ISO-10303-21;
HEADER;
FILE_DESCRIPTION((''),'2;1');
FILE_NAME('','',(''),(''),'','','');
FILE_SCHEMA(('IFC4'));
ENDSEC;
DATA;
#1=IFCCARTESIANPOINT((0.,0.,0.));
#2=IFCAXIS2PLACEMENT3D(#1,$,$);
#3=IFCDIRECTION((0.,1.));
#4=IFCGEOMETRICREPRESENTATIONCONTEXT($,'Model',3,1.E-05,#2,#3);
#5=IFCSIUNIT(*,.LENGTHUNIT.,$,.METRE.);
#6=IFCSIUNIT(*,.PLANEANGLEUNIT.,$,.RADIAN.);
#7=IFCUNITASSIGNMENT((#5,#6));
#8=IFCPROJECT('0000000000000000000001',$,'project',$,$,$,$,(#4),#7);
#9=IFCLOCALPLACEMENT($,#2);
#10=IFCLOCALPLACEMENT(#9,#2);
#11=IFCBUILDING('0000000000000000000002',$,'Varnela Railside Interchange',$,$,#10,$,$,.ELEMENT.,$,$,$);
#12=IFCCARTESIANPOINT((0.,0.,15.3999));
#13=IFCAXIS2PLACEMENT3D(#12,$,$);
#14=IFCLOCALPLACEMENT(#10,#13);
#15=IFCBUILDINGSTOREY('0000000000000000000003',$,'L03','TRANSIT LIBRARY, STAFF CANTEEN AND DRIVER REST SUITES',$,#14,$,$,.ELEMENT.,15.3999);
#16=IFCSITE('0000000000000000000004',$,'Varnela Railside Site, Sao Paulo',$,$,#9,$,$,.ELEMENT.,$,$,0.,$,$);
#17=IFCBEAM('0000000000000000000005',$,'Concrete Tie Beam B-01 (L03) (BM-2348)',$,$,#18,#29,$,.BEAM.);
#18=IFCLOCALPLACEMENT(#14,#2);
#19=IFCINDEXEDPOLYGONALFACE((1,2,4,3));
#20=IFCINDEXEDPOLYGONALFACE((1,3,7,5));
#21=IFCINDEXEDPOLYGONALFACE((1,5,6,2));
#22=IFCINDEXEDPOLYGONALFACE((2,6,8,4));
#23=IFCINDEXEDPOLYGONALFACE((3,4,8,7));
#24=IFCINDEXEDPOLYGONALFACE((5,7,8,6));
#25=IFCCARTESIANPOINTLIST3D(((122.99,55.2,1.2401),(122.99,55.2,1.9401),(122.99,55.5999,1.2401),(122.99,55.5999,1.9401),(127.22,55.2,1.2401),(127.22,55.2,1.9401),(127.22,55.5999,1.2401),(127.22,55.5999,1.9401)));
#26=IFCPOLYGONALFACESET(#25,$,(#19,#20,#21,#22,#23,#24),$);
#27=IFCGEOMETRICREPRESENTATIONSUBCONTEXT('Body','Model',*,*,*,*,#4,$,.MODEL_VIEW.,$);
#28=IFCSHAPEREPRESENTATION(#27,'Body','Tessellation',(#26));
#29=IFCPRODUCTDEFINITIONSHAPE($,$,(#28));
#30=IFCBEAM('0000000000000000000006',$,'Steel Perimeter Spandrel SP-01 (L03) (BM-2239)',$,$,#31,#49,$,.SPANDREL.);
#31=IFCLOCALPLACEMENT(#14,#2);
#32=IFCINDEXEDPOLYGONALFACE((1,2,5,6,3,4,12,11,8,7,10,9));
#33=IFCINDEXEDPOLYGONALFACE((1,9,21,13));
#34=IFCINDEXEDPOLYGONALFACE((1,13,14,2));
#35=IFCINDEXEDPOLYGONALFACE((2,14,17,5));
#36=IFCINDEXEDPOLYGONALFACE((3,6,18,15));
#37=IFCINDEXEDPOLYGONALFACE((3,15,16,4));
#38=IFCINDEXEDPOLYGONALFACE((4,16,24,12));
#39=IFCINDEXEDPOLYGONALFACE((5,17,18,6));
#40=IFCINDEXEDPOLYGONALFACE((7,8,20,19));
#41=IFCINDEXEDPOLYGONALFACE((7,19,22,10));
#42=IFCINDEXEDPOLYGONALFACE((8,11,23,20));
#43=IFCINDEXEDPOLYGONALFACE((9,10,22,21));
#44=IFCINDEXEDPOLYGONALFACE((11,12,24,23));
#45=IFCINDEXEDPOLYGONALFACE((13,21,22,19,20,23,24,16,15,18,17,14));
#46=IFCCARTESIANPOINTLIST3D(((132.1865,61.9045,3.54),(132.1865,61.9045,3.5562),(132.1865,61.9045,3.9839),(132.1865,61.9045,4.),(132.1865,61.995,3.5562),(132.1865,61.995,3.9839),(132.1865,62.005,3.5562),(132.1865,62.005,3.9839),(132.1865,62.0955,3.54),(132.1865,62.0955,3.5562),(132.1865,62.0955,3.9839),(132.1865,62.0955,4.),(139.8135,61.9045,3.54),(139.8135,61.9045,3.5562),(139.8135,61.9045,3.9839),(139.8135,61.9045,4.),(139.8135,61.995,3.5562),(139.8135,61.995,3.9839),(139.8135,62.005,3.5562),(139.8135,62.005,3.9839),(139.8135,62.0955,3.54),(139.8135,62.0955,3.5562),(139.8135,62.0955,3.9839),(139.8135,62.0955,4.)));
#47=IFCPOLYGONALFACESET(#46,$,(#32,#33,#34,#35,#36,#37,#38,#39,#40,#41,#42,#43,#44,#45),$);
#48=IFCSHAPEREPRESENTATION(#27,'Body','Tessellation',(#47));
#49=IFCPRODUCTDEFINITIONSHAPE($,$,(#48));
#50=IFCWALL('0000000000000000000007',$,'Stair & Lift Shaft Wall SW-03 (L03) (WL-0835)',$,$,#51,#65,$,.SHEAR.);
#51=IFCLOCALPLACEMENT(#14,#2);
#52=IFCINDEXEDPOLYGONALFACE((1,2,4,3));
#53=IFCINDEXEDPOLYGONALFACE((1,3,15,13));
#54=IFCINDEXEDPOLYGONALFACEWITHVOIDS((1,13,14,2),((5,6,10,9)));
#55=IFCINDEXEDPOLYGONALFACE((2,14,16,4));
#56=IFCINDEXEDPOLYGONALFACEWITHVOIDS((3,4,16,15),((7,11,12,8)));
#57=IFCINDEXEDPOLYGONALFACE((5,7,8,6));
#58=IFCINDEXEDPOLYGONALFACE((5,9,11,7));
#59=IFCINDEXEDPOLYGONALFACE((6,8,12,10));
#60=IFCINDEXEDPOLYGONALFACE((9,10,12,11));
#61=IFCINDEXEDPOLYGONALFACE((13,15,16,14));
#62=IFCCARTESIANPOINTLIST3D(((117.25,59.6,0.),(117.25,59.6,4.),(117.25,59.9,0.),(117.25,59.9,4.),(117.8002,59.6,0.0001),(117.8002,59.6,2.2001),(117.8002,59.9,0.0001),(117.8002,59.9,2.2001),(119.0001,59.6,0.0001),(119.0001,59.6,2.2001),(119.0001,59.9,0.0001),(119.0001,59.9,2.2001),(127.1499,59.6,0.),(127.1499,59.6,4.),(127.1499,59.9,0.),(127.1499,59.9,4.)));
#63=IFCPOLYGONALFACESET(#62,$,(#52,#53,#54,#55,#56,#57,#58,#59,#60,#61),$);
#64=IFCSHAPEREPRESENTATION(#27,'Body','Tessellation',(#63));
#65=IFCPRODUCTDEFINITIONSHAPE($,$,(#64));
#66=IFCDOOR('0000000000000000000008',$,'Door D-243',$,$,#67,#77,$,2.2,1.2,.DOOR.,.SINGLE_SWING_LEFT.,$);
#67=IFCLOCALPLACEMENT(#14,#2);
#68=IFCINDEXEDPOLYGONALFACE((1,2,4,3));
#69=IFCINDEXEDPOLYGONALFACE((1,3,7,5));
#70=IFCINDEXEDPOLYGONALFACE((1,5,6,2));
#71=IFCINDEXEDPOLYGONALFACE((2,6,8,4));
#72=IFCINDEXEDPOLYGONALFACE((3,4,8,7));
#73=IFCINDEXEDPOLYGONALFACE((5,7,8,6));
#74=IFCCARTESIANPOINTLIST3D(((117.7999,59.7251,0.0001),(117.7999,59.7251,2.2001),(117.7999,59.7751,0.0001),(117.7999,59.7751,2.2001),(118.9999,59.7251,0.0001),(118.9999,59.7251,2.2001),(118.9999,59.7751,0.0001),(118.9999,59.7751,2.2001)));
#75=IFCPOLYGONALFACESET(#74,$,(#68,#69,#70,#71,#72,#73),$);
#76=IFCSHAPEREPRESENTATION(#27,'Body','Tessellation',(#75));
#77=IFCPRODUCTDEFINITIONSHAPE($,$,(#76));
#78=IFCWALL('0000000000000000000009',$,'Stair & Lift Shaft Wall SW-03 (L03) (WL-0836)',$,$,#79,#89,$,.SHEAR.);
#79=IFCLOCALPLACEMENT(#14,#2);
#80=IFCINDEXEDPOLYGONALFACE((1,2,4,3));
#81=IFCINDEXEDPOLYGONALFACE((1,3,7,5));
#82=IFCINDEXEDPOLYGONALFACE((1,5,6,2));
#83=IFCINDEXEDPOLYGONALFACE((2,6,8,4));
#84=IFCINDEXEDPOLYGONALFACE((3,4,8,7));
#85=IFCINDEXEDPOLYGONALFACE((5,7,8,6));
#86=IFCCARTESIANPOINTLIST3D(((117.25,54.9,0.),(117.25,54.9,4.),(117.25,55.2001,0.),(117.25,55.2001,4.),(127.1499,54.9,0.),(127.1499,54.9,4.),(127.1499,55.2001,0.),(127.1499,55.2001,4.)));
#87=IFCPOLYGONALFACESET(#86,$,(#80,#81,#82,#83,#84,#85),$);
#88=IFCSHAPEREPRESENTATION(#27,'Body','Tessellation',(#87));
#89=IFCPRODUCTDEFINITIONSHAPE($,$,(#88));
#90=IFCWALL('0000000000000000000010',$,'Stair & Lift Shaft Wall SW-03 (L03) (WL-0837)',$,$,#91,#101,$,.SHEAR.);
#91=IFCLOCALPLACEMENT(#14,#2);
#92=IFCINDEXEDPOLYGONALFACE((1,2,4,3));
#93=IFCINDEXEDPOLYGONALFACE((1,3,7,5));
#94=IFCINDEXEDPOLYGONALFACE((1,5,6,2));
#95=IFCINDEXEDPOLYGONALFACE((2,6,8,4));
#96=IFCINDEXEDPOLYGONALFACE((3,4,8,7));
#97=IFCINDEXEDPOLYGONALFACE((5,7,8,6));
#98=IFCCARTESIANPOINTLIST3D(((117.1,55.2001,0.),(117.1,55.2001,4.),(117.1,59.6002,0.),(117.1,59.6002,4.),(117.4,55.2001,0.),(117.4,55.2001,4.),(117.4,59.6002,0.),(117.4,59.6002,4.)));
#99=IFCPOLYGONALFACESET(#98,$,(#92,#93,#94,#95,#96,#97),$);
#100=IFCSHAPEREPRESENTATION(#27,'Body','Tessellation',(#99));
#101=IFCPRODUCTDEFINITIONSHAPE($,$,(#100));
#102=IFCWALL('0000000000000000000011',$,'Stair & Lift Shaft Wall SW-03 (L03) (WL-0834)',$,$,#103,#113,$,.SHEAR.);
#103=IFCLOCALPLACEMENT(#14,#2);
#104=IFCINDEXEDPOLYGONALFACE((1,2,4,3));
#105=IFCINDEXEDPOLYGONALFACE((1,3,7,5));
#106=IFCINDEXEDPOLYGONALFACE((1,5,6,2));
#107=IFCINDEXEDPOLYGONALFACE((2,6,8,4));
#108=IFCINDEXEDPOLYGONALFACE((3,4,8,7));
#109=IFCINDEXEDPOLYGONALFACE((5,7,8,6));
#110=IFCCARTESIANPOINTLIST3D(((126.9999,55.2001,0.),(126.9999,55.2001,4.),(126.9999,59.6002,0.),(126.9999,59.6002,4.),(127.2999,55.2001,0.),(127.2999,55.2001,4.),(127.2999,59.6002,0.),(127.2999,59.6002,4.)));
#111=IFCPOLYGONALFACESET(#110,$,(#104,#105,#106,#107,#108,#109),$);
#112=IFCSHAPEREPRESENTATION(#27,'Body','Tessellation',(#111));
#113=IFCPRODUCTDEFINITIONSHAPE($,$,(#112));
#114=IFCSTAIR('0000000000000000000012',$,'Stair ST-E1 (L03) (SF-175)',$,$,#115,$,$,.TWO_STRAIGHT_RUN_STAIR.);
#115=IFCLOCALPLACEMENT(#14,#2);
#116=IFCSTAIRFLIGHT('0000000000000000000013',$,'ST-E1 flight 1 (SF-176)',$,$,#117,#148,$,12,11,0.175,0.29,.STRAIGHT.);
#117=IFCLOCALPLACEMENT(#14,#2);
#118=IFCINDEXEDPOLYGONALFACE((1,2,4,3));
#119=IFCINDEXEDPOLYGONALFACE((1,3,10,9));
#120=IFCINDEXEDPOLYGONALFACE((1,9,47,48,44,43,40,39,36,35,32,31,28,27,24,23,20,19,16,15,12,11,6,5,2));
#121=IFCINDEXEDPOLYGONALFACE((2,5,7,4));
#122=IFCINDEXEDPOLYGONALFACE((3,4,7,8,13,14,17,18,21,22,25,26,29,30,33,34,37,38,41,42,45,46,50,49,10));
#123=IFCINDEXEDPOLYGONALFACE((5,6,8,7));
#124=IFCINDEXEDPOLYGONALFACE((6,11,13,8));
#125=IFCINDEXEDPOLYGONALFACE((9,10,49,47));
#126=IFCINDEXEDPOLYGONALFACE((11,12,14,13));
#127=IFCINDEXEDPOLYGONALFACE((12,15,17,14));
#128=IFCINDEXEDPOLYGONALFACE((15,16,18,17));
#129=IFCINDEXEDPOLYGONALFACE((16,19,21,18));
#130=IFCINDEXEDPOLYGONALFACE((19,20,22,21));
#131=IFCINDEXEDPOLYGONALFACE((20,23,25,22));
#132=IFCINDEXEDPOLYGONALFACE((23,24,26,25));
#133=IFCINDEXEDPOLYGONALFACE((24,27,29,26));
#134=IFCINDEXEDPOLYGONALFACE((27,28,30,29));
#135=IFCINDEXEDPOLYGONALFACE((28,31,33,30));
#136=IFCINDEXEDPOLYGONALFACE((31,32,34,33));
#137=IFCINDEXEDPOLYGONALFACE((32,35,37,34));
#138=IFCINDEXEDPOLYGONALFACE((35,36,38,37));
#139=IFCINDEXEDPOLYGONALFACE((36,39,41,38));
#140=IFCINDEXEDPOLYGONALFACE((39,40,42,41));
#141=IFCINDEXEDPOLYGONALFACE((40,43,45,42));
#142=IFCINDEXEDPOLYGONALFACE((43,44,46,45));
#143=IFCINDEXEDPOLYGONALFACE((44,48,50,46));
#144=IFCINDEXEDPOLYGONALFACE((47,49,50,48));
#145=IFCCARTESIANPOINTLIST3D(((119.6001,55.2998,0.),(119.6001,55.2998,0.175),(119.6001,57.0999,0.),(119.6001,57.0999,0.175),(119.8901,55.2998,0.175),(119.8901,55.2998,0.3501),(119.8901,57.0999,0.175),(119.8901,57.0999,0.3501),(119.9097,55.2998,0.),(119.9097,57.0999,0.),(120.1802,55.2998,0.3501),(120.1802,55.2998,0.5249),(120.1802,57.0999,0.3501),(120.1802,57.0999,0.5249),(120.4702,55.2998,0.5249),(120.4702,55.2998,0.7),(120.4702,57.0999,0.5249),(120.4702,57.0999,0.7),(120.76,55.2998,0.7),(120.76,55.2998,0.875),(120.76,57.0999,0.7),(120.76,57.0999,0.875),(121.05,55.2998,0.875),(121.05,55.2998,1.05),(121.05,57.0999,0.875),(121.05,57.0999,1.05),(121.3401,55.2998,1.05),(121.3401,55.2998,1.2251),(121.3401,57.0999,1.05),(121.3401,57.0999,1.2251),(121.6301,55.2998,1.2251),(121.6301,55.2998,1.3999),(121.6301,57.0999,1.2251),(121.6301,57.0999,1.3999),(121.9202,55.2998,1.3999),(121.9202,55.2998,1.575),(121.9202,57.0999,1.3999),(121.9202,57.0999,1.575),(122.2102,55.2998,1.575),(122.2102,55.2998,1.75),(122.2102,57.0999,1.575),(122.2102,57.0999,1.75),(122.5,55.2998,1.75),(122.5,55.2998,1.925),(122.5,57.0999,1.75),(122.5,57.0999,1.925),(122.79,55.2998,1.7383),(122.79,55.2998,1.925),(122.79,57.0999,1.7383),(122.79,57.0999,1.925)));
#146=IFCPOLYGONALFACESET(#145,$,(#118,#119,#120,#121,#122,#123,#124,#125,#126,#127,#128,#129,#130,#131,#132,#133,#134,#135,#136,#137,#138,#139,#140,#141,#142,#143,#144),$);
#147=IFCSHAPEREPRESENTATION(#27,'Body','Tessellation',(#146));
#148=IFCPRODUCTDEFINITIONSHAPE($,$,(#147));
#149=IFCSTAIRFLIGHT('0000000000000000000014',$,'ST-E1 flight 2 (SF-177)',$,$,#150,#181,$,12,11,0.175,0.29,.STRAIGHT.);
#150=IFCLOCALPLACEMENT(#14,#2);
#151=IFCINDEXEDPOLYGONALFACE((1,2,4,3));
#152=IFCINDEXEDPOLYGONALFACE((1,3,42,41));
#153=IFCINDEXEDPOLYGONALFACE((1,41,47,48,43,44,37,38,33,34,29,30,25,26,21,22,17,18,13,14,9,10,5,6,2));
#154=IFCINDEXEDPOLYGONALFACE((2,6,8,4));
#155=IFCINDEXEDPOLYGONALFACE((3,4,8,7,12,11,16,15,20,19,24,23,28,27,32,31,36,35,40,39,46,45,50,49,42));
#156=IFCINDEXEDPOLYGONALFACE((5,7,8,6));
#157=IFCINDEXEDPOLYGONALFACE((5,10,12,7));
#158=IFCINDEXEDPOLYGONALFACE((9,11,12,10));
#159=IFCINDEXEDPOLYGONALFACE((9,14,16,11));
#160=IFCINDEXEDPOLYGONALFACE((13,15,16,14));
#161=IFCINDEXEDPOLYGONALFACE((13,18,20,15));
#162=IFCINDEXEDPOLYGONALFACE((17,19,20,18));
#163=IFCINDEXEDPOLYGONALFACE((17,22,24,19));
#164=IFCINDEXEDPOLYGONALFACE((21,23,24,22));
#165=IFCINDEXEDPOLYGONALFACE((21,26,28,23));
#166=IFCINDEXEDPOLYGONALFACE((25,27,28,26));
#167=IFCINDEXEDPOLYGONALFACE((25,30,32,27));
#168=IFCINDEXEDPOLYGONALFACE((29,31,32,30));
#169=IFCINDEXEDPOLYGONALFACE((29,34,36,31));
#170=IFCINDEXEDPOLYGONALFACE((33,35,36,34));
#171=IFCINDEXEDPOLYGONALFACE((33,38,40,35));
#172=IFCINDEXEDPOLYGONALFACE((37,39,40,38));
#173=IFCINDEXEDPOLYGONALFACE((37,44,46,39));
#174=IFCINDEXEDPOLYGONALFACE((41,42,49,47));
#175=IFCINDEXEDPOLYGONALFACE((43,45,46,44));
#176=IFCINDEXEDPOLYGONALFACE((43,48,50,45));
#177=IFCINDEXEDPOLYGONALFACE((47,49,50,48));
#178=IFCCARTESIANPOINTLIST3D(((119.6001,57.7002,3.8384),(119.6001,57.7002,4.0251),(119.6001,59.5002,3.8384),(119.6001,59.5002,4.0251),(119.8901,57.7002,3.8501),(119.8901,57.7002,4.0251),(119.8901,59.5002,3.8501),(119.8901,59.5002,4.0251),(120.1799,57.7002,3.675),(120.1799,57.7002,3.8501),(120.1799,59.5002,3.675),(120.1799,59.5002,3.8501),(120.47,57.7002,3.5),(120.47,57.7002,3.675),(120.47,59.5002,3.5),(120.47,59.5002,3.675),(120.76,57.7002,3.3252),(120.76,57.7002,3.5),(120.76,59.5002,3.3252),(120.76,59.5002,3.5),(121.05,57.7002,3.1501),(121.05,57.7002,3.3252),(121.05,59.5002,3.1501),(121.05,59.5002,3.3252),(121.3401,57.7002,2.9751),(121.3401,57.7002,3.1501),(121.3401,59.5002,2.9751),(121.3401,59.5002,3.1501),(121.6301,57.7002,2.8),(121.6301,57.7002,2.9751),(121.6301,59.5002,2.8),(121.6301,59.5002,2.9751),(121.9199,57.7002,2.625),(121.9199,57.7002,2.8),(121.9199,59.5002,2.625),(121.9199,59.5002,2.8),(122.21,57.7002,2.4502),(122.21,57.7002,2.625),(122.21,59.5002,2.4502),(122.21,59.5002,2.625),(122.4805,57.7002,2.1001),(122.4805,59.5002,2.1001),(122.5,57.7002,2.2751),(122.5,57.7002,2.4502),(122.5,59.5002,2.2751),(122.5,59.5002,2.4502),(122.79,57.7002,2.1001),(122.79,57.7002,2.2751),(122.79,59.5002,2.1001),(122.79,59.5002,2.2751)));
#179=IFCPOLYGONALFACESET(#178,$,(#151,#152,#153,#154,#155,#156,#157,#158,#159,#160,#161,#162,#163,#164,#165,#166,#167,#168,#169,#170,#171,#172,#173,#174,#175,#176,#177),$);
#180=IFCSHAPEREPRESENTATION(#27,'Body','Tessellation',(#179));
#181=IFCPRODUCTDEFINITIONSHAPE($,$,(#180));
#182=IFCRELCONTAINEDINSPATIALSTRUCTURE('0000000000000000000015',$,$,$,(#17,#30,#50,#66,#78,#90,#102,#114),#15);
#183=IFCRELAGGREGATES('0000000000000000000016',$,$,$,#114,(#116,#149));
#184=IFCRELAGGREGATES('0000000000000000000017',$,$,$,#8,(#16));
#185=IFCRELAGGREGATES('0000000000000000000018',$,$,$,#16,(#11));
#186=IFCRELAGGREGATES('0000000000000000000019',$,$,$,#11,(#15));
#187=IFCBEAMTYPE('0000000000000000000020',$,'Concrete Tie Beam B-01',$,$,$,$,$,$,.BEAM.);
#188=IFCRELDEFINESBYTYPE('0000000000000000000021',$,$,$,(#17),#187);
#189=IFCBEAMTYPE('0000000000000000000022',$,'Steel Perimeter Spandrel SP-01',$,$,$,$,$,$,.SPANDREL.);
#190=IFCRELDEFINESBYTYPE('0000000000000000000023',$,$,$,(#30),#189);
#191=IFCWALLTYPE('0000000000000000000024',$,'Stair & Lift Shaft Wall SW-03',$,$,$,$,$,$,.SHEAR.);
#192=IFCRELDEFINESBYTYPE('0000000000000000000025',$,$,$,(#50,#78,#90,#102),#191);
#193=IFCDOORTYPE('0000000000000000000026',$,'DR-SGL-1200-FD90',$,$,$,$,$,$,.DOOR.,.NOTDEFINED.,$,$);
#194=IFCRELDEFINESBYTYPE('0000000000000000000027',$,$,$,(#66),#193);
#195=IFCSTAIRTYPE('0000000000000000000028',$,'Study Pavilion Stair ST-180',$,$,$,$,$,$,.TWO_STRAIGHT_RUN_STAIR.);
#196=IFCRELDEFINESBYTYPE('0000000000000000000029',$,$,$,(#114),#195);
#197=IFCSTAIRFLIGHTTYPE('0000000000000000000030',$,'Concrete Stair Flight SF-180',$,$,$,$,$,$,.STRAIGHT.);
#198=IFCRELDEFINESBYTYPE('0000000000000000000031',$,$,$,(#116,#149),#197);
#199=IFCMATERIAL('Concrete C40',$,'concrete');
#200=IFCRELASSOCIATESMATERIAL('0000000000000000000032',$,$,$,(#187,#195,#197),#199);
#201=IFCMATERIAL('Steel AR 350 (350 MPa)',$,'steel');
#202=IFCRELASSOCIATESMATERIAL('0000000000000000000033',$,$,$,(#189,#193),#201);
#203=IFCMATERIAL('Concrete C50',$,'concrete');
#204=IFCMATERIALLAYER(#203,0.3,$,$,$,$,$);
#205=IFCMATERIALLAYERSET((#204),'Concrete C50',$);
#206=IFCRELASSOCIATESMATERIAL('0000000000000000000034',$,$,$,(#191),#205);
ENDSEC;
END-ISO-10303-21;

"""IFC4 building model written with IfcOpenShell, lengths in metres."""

from ifc_helpers import new_model, si_unit, direction, frame, frame_2d, origin, origin_2d, place, context, subcontext, project, spatial, polyline, rectangle, i_section, outline, extrude, material, layer, layer_set, material_profile, profile_set, type_object, element, fill, aggregate, save


model = new_model("IFC4")

# Units and contexts
model_context = context("Model", 3, precision=1e-05, world=origin(), true_north=direction((0.0, 1.0)))
body_context = subcontext(model_context, "Body", "Model", "MODEL_VIEW")
ifc_project = project(units=[si_unit("LENGTHUNIT", "METRE"), si_unit("PLANEANGLEUNIT", "RADIAN")], contexts=[model_context])

# Site, building, storey
site_placement = place(None, origin())
site = spatial("IfcSite", under=ifc_project, at=site_placement, Name="Varnela Railside Site, Sao Paulo", CompositionType="ELEMENT", RefElevation=0.0)
building_placement = place(site_placement, origin())
building = spatial("IfcBuilding", under=site, at=building_placement, Name="Varnela Railside Interchange", CompositionType="ELEMENT")
storey_placement = place(building_placement, frame((0.0, 0.0, 15.3999)))
storey = spatial("IfcBuildingStorey", under=building, at=storey_placement, Name="L03", Description="TRANSIT LIBRARY, STAFF CANTEEN AND DRIVER REST SUITES", CompositionType="ELEMENT", Elevation=15.3999)

# Shared definitions
ifc_material_1 = material(Name="Steel AR 350 (350 MPa)", Category="steel")

# Beams
ifc_material_2 = material(Name="Concrete C40", Category="concrete")
ifc_material_profile_1 = material_profile(ifc_material_2, rectangle(XDim=0.3999, YDim=0.7, at=origin_2d()), Name="RC 400x700")
ifc_profile_set_1 = profile_set([ifc_material_profile_1], Name="Concrete C40")
beam_type_1 = type_object("IfcBeamType", Name="Concrete Tie Beam B-01", PredefinedType="BEAM", material=ifc_profile_set_1)
beam_1_placement = place(storey_placement, frame((122.99, 55.3999, 1.5901), z_axis=(1.0, 0.0, 0.0), x_axis=(0.0, 1.0, 0.0)))
element("IfcBeam", 1, at=beam_1_placement, inside=storey, type_object=beam_type_1, Name="Concrete Tie Beam B-01 (L03) (BM-2348)", PredefinedType="BEAM", context=body_context, shape_type="SweptSolid", body=[
    extrude(rectangle(XDim=0.3999, YDim=0.7, at=origin_2d()), origin(), (0.0, 0.0, 1.0), 4.23),
])
ifc_material_profile_2 = material_profile(ifc_material_1, i_section(OverallWidth=0.1909, OverallDepth=0.46, WebThickness=0.01, FlangeThickness=0.0161, at=origin_2d()), Name="W460x82")
ifc_profile_set_2 = profile_set([ifc_material_profile_2], Name="Steel AR 350 (350 MPa)")
beam_type_2 = type_object("IfcBeamType", Name="Steel Perimeter Spandrel SP-01", PredefinedType="SPANDREL", material=ifc_profile_set_2)
beam_2_placement = place(storey_placement, frame((132.1865, 62.0, 3.77), z_axis=(1.0, 0.0, 0.0), x_axis=(0.0, 1.0, 0.0)))
element("IfcBeam", 2, at=beam_2_placement, inside=storey, type_object=beam_type_2, Name="Steel Perimeter Spandrel SP-01 (L03) (BM-2239)", PredefinedType="SPANDREL", context=body_context, shape_type="SweptSolid", body=[
    extrude(i_section(OverallWidth=0.1909, OverallDepth=0.46, WebThickness=0.01, FlangeThickness=0.0161, at=origin_2d()), origin(), (0.0, 0.0, 1.0), 7.627),
])

# Wall, opening, door
ifc_material_3 = material(Name="Concrete C50", Category="concrete")
ifc_layer = layer(ifc_material_3, 0.3)
ifc_layer_set = layer_set([ifc_layer], Name="Concrete C50")
wall_type = type_object("IfcWallType", Name="Stair & Lift Shaft Wall SW-03", PredefinedType="SHEAR", material=ifc_layer_set)
wall_1_placement = place(storey_placement, frame((117.25, 59.75, 0.0), z_axis=(0.0, 0.0, 1.0), x_axis=(1.0, 0.0, 0.0)))
wall_1 = element("IfcWall", 3, at=wall_1_placement, inside=storey, type_object=wall_type, Name="Stair & Lift Shaft Wall SW-03 (L03) (WL-0835)", PredefinedType="SHEAR", context=body_context, shape_type="SweptSolid", body=[
    extrude(rectangle(XDim=9.8999, YDim=0.3, at=frame_2d((4.95, 0.0))), origin(), (0.0, 0.0, 1.0), 4.0),
])
opening_placement = place(wall_1_placement, frame((0.55, 0.0, 0.0)))
opening = element("IfcOpeningElement", 4, at=opening_placement, cuts=wall_1, PredefinedType="OPENING", context=body_context, shape_type="SweptSolid", body=[
    extrude(rectangle(XDim=1.2, YDim=2.2, at=frame_2d((0.6001, 1.1001))), frame((0.0, 0.1599, 0.0), z_axis=(0.0, -1.0, 0.0), x_axis=(1.0, 0.0, 0.0)), (0.0, 0.0, 1.0), 0.3201),
])
door_type = type_object("IfcDoorType", Name="DR-SGL-1200-FD90", OperationType="NOTDEFINED", PredefinedType="DOOR", material=ifc_material_1)
door_placement = place(opening_placement, frame((1.2, 0.0, 0.0), z_axis=(0.0, 0.0, 1.0), x_axis=(-1.0, 0.0, 0.0)))
door = element("IfcDoor", 5, at=door_placement, inside=storey, type_object=door_type, Name="Door D-243", OperationType="SINGLE_SWING_LEFT", OverallHeight=2.2, OverallWidth=1.2, PredefinedType="DOOR", context=body_context, shape_type="SweptSolid", body=[
    extrude(rectangle(XDim=1.2, YDim=2.2, at=frame_2d((0.6001, 1.1001))), frame((0.0, 0.0249, 0.0), z_axis=(0.0, -1.0, 0.0), x_axis=(1.0, 0.0, 0.0)), (0.0, 0.0, 1.0), 0.05),
])
fill(opening, door)

# Walls
wall_2_placement = place(storey_placement, frame((117.25, 55.05, 0.0), z_axis=(0.0, 0.0, 1.0), x_axis=(1.0, 0.0, 0.0)))
element("IfcWall", 6, at=wall_2_placement, inside=storey, type_object=wall_type, Name="Stair & Lift Shaft Wall SW-03 (L03) (WL-0836)", PredefinedType="SHEAR", context=body_context, shape_type="SweptSolid", body=[
    extrude(rectangle(XDim=9.8999, YDim=0.3, at=frame_2d((4.95, 0.0))), origin(), (0.0, 0.0, 1.0), 4.0),
])
for number, where, z_axis, x_axis, name in (
    (7, (117.25, 55.2, 0.0), (0.0, 0.0, 1.0), (0.0, 1.0, 0.0), "Stair & Lift Shaft Wall SW-03 (L03) (WL-0837)"),
    (8, (127.1499, 55.2, 0.0), (0.0, 0.0, 1.0), (0.0, 1.0, 0.0), "Stair & Lift Shaft Wall SW-03 (L03) (WL-0834)"),
):
    element("IfcWall", number, at=place(storey_placement, frame(where, z_axis=z_axis, x_axis=x_axis)), inside=storey, type_object=wall_type, Name=name, PredefinedType="SHEAR", context=body_context, shape_type="SweptSolid", body=[
        extrude(rectangle(XDim=4.4001, YDim=0.3, at=frame_2d((2.2002, 0.0))), origin(), (0.0, 0.0, 1.0), 4.0),
    ])

# Stair, stair flights
stair_type = type_object("IfcStairType", Name="Study Pavilion Stair ST-180", PredefinedType="TWO_STRAIGHT_RUN_STAIR", material=ifc_material_2)
stair_placement = place(storey_placement, origin())
stair = element("IfcStair", 9, at=stair_placement, inside=storey, type_object=stair_type, Name="Stair ST-E1 (L03) (SF-175)", PredefinedType="TWO_STRAIGHT_RUN_STAIR")
stair_flight_type = type_object("IfcStairFlightType", Name="Concrete Stair Flight SF-180", PredefinedType="STRAIGHT", material=ifc_material_2)
stair_flight_1_placement = place(storey_placement, frame((119.6001, 56.2, 0.0), z_axis=(0.0, 0.0, 1.0), x_axis=(1.0, 0.0, 0.0)))
stair_flight_1 = element("IfcStairFlight", 10, at=stair_flight_1_placement, type_object=stair_flight_type, Name="ST-E1 flight 1 (SF-176)", NumberOfRisers=12, NumberOfTreads=11, PredefinedType="STRAIGHT", RiserHeight=0.175, TreadLength=0.29, context=body_context, shape_type="SweptSolid", body=[
    extrude(outline(polyline([(0.0, 0.0), (0.0, 0.175), (0.29, 0.175), (0.29, 0.3501), (0.5801, 0.3501), (0.5801, 0.5249), (0.8701, 0.5249), (0.8701, 0.7), (1.1599, 0.7), (1.1599, 0.875), (1.45, 0.875), (1.45, 1.05), (1.74, 1.05), (1.74, 1.2251), (2.03, 1.2251), (2.03, 1.3999), (2.3201, 1.3999), (2.3201, 1.575), (2.6101, 1.575), (2.6101, 1.75), (2.8999, 1.75), (2.8999, 1.925), (3.1899, 1.925), (3.1899, 2.1001), (3.1899, 1.7383), (0.3096, 0.0), (0.0, 0.0)])), frame((0.0, 0.8999, 0.0), z_axis=(0.0, -1.0, 0.0), x_axis=(1.0, 0.0, 0.0)), (0.0, 0.0, 1.0), 1.8),
])
stair_flight_2_placement = place(storey_placement, frame((122.79, 58.6001, 2.1001), z_axis=(0.0, 0.0, 1.0), x_axis=(-1.0, 0.0, 0.0)))
stair_flight_2 = element("IfcStairFlight", 11, at=stair_flight_2_placement, type_object=stair_flight_type, Name="ST-E1 flight 2 (SF-177)", NumberOfRisers=12, NumberOfTreads=11, PredefinedType="STRAIGHT", RiserHeight=0.175, TreadLength=0.29, context=body_context, shape_type="SweptSolid", body=[
    extrude(outline(polyline([(0.0, 0.0), (0.0, 0.175), (0.29, 0.175), (0.29, 0.3501), (0.5801, 0.3501), (0.5801, 0.5249), (0.8701, 0.5249), (0.8701, 0.7), (1.1599, 0.7), (1.1599, 0.875), (1.45, 0.875), (1.45, 1.05), (1.74, 1.05), (1.74, 1.2251), (2.03, 1.2251), (2.03, 1.3999), (2.3201, 1.3999), (2.3201, 1.575), (2.6101, 1.575), (2.6101, 1.75), (2.8999, 1.75), (2.8999, 1.925), (3.1899, 1.925), (3.1899, 2.1001), (3.1899, 1.7383), (0.3096, 0.0), (0.0, 0.0)])), frame((0.0, 0.8999, 0.0), z_axis=(0.0, -1.0, 0.0), x_axis=(1.0, 0.0, 0.0)), (0.0, 0.0, 1.0), 1.8),
])
aggregate(stair, [stair_flight_1, stair_flight_2])

save(model, "model.ifc")
